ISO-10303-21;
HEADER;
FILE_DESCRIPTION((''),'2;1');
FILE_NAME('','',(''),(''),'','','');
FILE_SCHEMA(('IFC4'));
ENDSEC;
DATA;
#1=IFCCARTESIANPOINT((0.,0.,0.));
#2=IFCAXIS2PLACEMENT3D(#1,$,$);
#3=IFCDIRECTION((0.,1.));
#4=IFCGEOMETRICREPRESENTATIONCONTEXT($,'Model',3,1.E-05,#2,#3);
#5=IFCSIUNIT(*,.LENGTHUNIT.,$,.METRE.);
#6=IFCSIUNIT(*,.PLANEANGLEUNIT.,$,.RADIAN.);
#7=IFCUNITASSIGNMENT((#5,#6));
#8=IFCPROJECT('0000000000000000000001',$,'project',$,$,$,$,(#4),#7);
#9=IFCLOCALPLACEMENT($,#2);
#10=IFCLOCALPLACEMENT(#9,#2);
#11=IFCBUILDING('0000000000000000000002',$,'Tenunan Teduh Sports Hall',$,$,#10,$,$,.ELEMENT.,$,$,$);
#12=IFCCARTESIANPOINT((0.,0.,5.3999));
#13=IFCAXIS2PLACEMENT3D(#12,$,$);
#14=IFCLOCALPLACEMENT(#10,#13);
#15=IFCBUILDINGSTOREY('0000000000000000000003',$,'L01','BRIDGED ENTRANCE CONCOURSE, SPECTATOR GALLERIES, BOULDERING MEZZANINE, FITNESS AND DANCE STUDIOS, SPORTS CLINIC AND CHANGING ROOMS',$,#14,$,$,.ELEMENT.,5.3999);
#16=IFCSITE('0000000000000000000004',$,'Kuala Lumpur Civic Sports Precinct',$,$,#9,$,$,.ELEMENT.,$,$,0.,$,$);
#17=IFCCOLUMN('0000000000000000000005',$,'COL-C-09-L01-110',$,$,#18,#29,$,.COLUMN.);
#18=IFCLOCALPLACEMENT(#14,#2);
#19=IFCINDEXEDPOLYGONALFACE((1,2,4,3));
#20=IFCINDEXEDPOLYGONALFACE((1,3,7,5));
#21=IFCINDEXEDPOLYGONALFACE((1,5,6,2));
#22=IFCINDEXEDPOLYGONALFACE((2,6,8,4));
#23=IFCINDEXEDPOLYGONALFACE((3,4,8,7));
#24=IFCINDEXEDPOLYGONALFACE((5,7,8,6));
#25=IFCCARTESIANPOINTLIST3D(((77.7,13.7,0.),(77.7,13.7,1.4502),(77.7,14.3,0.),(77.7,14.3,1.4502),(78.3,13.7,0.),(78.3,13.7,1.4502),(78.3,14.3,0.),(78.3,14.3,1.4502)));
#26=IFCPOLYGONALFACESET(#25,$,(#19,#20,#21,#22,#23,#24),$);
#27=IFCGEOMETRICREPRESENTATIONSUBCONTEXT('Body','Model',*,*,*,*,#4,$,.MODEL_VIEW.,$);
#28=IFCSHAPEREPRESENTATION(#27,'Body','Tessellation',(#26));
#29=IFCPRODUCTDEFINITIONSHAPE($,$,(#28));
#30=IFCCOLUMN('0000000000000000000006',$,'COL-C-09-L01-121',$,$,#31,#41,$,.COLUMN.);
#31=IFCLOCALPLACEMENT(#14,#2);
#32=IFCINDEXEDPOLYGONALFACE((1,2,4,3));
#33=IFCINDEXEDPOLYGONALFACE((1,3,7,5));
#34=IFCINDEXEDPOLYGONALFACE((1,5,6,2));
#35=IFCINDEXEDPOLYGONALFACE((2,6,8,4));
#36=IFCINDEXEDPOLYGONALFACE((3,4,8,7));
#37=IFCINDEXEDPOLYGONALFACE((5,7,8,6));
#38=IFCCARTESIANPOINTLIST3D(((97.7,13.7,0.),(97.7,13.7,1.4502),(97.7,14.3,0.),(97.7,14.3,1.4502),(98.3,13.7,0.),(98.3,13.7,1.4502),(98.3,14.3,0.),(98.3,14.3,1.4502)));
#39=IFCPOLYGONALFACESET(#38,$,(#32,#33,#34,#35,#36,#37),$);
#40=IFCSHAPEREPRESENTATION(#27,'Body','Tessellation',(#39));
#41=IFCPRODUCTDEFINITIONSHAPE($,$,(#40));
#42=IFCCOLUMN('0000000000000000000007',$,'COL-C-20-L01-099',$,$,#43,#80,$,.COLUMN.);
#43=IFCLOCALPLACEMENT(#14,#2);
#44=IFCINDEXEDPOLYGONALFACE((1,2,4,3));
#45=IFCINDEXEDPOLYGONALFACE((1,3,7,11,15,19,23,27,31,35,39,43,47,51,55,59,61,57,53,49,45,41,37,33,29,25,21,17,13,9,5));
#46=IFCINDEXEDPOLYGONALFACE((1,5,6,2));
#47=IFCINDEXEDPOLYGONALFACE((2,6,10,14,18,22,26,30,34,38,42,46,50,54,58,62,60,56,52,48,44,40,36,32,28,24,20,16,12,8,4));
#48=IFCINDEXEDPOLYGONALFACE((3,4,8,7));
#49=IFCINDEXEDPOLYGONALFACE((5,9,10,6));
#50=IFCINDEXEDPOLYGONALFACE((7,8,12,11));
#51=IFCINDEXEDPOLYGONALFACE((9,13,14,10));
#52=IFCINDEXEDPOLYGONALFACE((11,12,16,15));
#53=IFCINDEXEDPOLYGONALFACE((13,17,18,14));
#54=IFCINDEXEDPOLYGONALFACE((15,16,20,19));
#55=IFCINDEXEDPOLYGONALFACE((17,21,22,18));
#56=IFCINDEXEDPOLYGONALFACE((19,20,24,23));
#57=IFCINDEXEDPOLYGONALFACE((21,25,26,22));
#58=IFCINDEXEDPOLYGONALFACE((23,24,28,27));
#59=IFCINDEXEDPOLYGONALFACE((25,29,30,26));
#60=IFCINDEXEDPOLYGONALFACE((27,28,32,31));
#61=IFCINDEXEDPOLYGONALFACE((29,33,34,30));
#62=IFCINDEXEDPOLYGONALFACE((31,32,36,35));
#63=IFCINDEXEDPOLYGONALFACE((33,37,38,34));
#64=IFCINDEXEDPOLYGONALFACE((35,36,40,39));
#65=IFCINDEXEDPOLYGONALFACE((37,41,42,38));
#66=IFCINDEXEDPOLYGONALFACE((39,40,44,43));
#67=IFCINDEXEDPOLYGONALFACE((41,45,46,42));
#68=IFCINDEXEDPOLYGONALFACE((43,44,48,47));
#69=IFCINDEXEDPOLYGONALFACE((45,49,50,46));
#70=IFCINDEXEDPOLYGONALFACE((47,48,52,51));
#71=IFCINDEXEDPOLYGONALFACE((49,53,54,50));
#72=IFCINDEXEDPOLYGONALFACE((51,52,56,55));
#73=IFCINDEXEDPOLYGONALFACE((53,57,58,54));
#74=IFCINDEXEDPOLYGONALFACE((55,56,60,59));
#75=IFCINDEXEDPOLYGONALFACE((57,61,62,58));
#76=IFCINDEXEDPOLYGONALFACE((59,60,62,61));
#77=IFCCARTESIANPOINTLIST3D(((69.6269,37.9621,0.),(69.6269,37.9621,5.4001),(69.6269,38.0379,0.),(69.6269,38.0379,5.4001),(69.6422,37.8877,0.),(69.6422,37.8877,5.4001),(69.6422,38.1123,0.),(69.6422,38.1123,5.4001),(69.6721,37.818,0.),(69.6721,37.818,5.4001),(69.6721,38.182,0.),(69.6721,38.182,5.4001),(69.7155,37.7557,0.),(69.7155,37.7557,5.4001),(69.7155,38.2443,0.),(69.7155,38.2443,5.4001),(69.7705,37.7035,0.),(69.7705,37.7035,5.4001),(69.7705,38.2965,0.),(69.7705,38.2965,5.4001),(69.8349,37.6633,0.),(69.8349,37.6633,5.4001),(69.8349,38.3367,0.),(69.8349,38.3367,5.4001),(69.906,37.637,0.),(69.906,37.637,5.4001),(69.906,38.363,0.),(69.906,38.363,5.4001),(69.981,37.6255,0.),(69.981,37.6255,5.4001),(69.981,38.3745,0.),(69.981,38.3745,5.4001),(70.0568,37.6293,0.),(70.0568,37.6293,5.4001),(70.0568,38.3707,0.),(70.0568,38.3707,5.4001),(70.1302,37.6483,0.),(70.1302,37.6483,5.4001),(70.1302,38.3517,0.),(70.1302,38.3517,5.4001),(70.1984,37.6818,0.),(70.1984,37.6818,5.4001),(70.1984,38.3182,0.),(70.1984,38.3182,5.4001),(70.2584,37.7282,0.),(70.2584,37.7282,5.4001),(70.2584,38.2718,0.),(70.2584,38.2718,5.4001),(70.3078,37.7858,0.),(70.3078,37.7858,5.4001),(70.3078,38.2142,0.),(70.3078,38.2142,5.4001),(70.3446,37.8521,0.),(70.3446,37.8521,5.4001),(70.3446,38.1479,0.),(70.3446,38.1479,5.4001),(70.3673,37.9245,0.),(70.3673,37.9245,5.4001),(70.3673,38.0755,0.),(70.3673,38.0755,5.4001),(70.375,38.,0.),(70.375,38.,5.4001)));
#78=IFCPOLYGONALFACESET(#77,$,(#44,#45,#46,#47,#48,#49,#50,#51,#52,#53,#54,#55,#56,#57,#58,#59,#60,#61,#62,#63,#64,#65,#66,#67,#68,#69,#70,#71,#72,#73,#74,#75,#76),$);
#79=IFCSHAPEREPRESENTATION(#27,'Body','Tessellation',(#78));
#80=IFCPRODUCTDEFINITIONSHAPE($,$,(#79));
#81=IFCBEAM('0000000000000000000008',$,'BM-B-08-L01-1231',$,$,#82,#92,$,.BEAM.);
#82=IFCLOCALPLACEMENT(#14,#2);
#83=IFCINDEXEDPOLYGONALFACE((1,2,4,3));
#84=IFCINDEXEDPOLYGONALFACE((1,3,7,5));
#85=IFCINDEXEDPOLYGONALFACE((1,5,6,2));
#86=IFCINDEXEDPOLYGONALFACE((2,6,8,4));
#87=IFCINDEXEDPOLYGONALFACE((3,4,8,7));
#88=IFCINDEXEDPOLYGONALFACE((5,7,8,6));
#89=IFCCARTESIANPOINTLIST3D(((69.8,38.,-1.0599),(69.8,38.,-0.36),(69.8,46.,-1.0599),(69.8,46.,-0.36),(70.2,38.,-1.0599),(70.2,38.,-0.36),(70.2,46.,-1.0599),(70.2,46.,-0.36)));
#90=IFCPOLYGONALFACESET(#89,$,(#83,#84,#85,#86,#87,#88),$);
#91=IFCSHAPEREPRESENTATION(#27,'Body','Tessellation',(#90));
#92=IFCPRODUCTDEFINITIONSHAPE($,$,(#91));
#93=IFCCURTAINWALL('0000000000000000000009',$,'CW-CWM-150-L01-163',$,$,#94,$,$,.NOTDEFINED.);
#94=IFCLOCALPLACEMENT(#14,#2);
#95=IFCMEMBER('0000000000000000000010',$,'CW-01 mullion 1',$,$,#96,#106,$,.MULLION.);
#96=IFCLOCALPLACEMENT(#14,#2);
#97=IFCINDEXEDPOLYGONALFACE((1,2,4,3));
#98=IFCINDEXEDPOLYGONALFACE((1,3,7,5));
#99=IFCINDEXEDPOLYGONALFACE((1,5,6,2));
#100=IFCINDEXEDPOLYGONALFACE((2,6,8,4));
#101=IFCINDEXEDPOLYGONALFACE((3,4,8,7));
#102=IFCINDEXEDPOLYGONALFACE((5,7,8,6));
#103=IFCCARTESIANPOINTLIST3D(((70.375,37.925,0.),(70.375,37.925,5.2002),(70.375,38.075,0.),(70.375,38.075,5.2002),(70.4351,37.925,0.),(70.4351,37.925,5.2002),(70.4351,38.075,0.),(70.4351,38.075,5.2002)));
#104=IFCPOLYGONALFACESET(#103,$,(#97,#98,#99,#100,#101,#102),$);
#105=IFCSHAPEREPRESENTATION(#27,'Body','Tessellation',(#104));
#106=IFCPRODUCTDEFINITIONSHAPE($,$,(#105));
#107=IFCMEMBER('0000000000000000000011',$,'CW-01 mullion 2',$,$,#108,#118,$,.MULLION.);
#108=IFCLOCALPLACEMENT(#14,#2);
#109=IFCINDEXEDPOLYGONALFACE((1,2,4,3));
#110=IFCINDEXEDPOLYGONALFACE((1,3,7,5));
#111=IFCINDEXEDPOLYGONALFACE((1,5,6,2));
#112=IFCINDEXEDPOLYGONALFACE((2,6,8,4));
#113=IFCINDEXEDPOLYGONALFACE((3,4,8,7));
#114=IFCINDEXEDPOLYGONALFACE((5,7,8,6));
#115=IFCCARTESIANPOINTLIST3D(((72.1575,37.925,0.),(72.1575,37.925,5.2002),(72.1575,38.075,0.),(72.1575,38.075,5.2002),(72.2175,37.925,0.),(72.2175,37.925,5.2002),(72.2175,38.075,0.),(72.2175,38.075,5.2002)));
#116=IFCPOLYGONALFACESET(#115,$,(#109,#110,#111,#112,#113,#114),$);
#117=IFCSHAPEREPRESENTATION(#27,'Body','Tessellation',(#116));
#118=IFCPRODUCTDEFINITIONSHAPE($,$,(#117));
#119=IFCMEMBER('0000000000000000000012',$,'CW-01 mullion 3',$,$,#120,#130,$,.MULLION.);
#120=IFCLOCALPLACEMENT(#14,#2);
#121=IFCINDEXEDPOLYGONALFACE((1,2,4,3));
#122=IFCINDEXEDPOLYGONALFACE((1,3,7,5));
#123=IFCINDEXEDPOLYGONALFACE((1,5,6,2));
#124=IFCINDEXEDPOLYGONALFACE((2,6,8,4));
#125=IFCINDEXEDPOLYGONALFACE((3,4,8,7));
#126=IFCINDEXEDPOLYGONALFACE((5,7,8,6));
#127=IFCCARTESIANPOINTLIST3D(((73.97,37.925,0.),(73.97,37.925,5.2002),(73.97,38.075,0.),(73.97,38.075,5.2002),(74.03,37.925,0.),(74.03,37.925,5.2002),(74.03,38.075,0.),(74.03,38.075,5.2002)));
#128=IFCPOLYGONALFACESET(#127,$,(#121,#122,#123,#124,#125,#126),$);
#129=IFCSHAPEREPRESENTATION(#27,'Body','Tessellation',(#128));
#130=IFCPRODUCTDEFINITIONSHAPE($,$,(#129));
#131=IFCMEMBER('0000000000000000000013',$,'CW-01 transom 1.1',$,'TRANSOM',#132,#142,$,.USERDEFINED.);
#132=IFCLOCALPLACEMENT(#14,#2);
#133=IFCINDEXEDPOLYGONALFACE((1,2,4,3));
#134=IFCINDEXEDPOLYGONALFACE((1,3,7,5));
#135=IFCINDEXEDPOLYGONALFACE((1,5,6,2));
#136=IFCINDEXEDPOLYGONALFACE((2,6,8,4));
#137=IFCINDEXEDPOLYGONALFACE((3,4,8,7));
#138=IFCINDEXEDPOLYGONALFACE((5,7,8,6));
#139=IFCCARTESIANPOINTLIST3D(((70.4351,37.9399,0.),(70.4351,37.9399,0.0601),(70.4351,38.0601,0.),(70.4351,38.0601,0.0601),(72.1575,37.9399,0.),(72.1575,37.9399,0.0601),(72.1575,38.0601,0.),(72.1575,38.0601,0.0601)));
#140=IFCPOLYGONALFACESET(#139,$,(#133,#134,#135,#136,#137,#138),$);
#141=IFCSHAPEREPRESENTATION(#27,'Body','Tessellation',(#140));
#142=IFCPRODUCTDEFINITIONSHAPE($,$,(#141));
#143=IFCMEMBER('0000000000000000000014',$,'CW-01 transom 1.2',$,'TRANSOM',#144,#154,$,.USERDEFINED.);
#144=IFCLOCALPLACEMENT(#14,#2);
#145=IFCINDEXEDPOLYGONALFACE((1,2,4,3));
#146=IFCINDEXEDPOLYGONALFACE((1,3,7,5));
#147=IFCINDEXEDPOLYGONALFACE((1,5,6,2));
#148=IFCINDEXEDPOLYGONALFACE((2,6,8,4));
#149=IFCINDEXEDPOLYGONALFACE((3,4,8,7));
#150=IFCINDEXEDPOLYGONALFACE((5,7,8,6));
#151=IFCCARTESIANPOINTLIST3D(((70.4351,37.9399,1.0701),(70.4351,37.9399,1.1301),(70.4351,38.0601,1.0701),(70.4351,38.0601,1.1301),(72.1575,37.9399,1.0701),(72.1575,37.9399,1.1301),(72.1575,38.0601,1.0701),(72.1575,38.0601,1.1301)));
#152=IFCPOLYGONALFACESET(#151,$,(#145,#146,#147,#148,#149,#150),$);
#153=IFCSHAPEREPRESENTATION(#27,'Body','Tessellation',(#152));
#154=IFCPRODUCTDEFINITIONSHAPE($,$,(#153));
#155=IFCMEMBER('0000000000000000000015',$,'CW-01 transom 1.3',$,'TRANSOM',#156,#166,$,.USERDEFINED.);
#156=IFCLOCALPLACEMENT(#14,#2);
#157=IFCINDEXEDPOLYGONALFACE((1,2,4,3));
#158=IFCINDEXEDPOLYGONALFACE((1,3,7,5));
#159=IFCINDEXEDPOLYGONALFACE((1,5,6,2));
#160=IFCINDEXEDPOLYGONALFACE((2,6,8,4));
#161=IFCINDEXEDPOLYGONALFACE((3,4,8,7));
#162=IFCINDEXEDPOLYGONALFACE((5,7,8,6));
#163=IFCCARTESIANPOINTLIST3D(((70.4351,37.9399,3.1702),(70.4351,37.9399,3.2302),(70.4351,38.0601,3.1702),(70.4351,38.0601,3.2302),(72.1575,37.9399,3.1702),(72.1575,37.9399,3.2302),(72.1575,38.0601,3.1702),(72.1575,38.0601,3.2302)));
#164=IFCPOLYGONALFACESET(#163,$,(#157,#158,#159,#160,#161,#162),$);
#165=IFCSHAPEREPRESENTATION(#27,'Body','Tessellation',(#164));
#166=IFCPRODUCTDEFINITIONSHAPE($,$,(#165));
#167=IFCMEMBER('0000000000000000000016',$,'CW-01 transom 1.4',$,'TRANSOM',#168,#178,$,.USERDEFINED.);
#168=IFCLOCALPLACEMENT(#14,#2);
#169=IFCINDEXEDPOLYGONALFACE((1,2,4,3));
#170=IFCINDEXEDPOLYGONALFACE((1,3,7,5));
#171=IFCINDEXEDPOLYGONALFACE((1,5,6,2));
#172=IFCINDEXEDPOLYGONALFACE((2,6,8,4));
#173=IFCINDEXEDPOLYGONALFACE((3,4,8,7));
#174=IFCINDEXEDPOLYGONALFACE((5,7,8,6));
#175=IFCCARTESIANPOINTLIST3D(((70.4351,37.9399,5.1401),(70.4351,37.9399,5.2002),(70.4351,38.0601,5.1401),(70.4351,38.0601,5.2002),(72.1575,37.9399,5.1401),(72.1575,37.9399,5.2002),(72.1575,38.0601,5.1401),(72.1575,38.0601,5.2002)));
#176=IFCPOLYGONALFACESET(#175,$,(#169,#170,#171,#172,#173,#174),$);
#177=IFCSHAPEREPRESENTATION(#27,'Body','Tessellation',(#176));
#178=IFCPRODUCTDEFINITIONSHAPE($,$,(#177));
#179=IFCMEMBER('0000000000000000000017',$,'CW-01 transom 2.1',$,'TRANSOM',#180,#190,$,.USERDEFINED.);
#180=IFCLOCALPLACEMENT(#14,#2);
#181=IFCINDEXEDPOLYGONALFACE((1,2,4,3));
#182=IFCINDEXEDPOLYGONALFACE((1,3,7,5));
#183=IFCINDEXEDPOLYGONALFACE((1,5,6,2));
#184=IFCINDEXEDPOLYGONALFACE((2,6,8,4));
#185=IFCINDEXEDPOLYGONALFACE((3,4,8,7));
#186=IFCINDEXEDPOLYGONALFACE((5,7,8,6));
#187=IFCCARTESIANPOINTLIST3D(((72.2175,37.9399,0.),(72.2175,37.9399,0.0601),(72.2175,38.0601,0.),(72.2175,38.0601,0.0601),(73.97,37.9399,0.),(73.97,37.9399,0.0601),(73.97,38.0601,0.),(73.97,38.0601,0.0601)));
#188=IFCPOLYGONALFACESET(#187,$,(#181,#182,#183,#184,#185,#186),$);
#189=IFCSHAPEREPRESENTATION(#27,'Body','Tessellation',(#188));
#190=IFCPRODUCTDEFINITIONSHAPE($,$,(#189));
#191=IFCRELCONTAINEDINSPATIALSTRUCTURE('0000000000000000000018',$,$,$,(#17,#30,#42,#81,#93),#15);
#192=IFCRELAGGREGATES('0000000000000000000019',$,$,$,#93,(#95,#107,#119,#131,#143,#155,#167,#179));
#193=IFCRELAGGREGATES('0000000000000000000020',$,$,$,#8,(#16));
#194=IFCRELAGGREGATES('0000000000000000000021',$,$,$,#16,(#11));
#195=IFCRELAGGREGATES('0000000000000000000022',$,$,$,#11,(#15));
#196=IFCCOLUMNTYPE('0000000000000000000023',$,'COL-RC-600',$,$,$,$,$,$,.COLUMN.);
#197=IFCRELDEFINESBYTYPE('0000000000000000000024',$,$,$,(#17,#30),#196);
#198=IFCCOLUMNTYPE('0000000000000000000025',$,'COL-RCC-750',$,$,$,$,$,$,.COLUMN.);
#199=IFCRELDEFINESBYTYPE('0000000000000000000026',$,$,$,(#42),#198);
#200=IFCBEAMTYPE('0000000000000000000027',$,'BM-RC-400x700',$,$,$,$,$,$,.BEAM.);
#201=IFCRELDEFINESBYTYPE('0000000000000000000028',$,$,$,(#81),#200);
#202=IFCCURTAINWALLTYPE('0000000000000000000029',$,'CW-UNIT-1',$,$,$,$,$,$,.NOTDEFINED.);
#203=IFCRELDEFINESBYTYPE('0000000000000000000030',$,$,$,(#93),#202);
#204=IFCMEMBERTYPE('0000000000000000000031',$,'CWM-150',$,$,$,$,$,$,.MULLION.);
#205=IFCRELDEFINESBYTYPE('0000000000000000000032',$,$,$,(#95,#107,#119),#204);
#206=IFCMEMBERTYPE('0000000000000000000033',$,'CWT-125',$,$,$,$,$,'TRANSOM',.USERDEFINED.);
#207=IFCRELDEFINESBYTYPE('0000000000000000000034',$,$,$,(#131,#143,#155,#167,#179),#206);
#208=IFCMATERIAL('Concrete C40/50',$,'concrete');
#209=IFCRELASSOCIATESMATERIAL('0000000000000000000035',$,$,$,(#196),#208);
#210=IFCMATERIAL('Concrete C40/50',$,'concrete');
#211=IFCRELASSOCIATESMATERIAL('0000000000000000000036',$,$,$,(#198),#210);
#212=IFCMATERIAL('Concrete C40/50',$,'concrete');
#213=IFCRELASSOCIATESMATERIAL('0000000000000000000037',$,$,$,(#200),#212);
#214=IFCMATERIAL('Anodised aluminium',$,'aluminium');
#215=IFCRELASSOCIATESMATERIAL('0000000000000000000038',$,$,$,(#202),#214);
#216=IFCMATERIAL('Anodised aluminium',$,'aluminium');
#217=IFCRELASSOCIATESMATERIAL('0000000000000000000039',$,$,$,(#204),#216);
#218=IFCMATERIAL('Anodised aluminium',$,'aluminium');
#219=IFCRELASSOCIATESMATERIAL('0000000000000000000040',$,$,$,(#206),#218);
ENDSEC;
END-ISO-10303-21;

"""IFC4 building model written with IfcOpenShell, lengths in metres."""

from ifc_helpers import new_model, si_unit, direction, frame, origin, origin_2d, place, context, subcontext, project, spatial, rectangle, circle, extrude, material, material_profile, profile_set, type_object, element, aggregate, save


model = new_model("IFC4")

# Units and contexts
model_context = context("Model", 3, precision=1e-05, world=origin(), true_north=direction((0.0, 1.0)))
body_context = subcontext(model_context, "Body", "Model", "MODEL_VIEW")
ifc_project = project(units=[si_unit("LENGTHUNIT", "METRE"), si_unit("PLANEANGLEUNIT", "RADIAN")], contexts=[model_context])

# Site, building, storey
site_placement = place(None, origin())
site = spatial("IfcSite", under=ifc_project, at=site_placement, Name="Kuala Lumpur Civic Sports Precinct", CompositionType="ELEMENT", RefElevation=0.0)
building_placement = place(site_placement, origin())
building = spatial("IfcBuilding", under=site, at=building_placement, Name="Tenunan Teduh Sports Hall", CompositionType="ELEMENT")
storey_placement = place(building_placement, frame((0.0, 0.0, 5.3999)))
storey = spatial("IfcBuildingStorey", under=building, at=storey_placement, Name="L01", Description="BRIDGED ENTRANCE CONCOURSE, SPECTATOR GALLERIES, BOULDERING MEZZANINE, FITNESS AND DANCE STUDIOS, SPORTS CLINIC AND CHANGING ROOMS", CompositionType="ELEMENT", Elevation=5.3999)

# Columns
ifc_material_1 = material(Name="Concrete C40/50", Category="concrete")
ifc_material_profile_1 = material_profile(ifc_material_1, rectangle(XDim=0.6001, YDim=0.6001, at=origin_2d()), Name="RC 600x600")
ifc_profile_set_1 = profile_set([ifc_material_profile_1], Name="Concrete C40/50")
column_type_1 = type_object("IfcColumnType", Name="COL-RC-600", PredefinedType="COLUMN", material=ifc_profile_set_1)
for number, where, z_axis, x_axis, name in (
    (1, (78.0, 14.0, 0.0), (0.0, 0.0, 1.0), (1.0, 0.0, 0.0), "COL-C-09-L01-110"),
    (2, (98.0, 14.0, 0.0), (0.0, 0.0, 1.0), (1.0, 0.0, 0.0), "COL-C-09-L01-121"),
):
    element("IfcColumn", number, at=place(storey_placement, frame(where, z_axis=z_axis, x_axis=x_axis)), inside=storey, type_object=column_type_1, Name=name, PredefinedType="COLUMN", context=body_context, shape_type="SweptSolid", body=[
        extrude(rectangle(XDim=0.6001, YDim=0.6001, at=origin_2d()), origin(), (0.0, 0.0, 1.0), 1.4502),
    ])
ifc_material_2 = material(Name="Concrete C40/50", Category="concrete")
ifc_material_profile_2 = material_profile(ifc_material_2, circle(Radius=0.375, at=origin_2d()), Name="RCC D750")
ifc_profile_set_2 = profile_set([ifc_material_profile_2], Name="Concrete C40/50")
column_type_2 = type_object("IfcColumnType", Name="COL-RCC-750", PredefinedType="COLUMN", material=ifc_profile_set_2)
column_placement = place(storey_placement, frame((70.0, 38.0, 0.0), z_axis=(0.0, 0.0, 1.0), x_axis=(1.0, 0.0, 0.0)))
element("IfcColumn", 3, at=column_placement, inside=storey, type_object=column_type_2, Name="COL-C-20-L01-099", PredefinedType="COLUMN", context=body_context, shape_type="SweptSolid", body=[
    extrude(circle(Radius=0.375, at=origin_2d()), origin(), (0.0, 0.0, 1.0), 5.4001),
])

# Beam
ifc_material_3 = material(Name="Concrete C40/50", Category="concrete")
ifc_material_profile_3 = material_profile(ifc_material_3, rectangle(XDim=0.3999, YDim=0.7, at=origin_2d()), Name="RCB 400x700")
ifc_profile_set_3 = profile_set([ifc_material_profile_3], Name="Concrete C40/50")
beam_type_1 = type_object("IfcBeamType", Name="BM-RC-400x700", PredefinedType="BEAM", material=ifc_profile_set_3)
beam_1_placement = place(storey_placement, frame((70.0, 38.0, -0.71), z_axis=(0.0, 1.0, 0.0), x_axis=(-1.0, 0.0, 0.0)))
element("IfcBeam", 4, at=beam_1_placement, inside=storey, type_object=beam_type_1, Name="BM-B-08-L01-1231", PredefinedType="BEAM", context=body_context, shape_type="SweptSolid", body=[
    extrude(rectangle(XDim=0.3999, YDim=0.7, at=origin_2d()), origin(), (0.0, 0.0, 1.0), 8.0),
])

# Curtain wall, members
ifc_material_4 = material(Name="Anodised aluminium", Category="aluminium")
curtain_wall_type = type_object("IfcCurtainWallType", Name="CW-UNIT-1", PredefinedType="NOTDEFINED", material=ifc_material_4)
curtain_wall_placement = place(storey_placement, origin())
curtain_wall = element("IfcCurtainWall", 5, at=curtain_wall_placement, inside=storey, type_object=curtain_wall_type, Name="CW-CWM-150-L01-163", PredefinedType="NOTDEFINED")
ifc_material_5 = material(Name="Anodised aluminium", Category="aluminium")
ifc_material_profile_4 = material_profile(ifc_material_5, rectangle(XDim=0.0601, YDim=0.1499, at=origin_2d()), Name="CWM 60x150")
ifc_profile_set_4 = profile_set([ifc_material_profile_4], Name="Anodised aluminium")
member_type_1 = type_object("IfcMemberType", Name="CWM-150", PredefinedType="MULLION", material=ifc_profile_set_4)
member_1_placement = place(storey_placement, frame((70.405, 38.0, 0.0), z_axis=(0.0, 0.0, 1.0), x_axis=(1.0, 0.0, 0.0)))
member_1 = element("IfcMember", 6, at=member_1_placement, type_object=member_type_1, Name="CW-01 mullion 1", PredefinedType="MULLION", context=body_context, shape_type="SweptSolid", body=[
    extrude(rectangle(XDim=0.0601, YDim=0.1499, at=origin_2d()), origin(), (0.0, 0.0, 1.0), 5.2002),
])
member_2_placement = place(storey_placement, frame((72.1875, 38.0, 0.0), z_axis=(0.0, 0.0, 1.0), x_axis=(1.0, 0.0, 0.0)))
member_2 = element("IfcMember", 7, at=member_2_placement, type_object=member_type_1, Name="CW-01 mullion 2", PredefinedType="MULLION", context=body_context, shape_type="SweptSolid", body=[
    extrude(rectangle(XDim=0.0601, YDim=0.1499, at=origin_2d()), origin(), (0.0, 0.0, 1.0), 5.2002),
])
member_3_placement = place(storey_placement, frame((74.0, 38.0, 0.0), z_axis=(0.0, 0.0, 1.0), x_axis=(1.0, 0.0, 0.0)))
member_3 = element("IfcMember", 8, at=member_3_placement, type_object=member_type_1, Name="CW-01 mullion 3", PredefinedType="MULLION", context=body_context, shape_type="SweptSolid", body=[
    extrude(rectangle(XDim=0.0601, YDim=0.1499, at=origin_2d()), origin(), (0.0, 0.0, 1.0), 5.2002),
])
ifc_material_6 = material(Name="Anodised aluminium", Category="aluminium")
ifc_material_profile_5 = material_profile(ifc_material_6, rectangle(XDim=0.0601, YDim=0.1201, at=origin_2d()), Name="CWT 60x120")
ifc_profile_set_5 = profile_set([ifc_material_profile_5], Name="Anodised aluminium")
member_type_2 = type_object("IfcMemberType", Name="CWT-125", ElementType="TRANSOM", PredefinedType="USERDEFINED", material=ifc_profile_set_5)
member_4_placement = place(storey_placement, frame((70.4351, 38.0, 0.03), z_axis=(1.0, 0.0, 0.0), x_axis=(0.0, 0.0, 1.0)))
member_4 = element("IfcMember", 9, at=member_4_placement, type_object=member_type_2, Name="CW-01 transom 1.1", ObjectType="TRANSOM", PredefinedType="USERDEFINED", context=body_context, shape_type="SweptSolid", body=[
    extrude(rectangle(XDim=0.0601, YDim=0.1201, at=origin_2d()), origin(), (0.0, 0.0, 1.0), 1.7224),
])
member_5_placement = place(storey_placement, frame((70.4351, 38.0, 1.1001), z_axis=(1.0, 0.0, 0.0), x_axis=(0.0, 0.0, 1.0)))
member_5 = element("IfcMember", 10, at=member_5_placement, type_object=member_type_2, Name="CW-01 transom 1.2", ObjectType="TRANSOM", PredefinedType="USERDEFINED", context=body_context, shape_type="SweptSolid", body=[
    extrude(rectangle(XDim=0.0601, YDim=0.1201, at=origin_2d()), origin(), (0.0, 0.0, 1.0), 1.7224),
])
member_6_placement = place(storey_placement, frame((70.4351, 38.0, 3.2002), z_axis=(1.0, 0.0, 0.0), x_axis=(0.0, 0.0, 1.0)))
member_6 = element("IfcMember", 11, at=member_6_placement, type_object=member_type_2, Name="CW-01 transom 1.3", ObjectType="TRANSOM", PredefinedType="USERDEFINED", context=body_context, shape_type="SweptSolid", body=[
    extrude(rectangle(XDim=0.0601, YDim=0.1201, at=origin_2d()), origin(), (0.0, 0.0, 1.0), 1.7224),
])
member_7_placement = place(storey_placement, frame((70.4351, 38.0, 5.1702), z_axis=(1.0, 0.0, 0.0), x_axis=(0.0, 0.0, 1.0)))
member_7 = element("IfcMember", 12, at=member_7_placement, type_object=member_type_2, Name="CW-01 transom 1.4", ObjectType="TRANSOM", PredefinedType="USERDEFINED", context=body_context, shape_type="SweptSolid", body=[
    extrude(rectangle(XDim=0.0601, YDim=0.1201, at=origin_2d()), origin(), (0.0, 0.0, 1.0), 1.7224),
])
member_8_placement = place(storey_placement, frame((72.2175, 38.0, 0.03), z_axis=(1.0, 0.0, 0.0), x_axis=(0.0, 0.0, 1.0)))
member_8 = element("IfcMember", 13, at=member_8_placement, type_object=member_type_2, Name="CW-01 transom 2.1", ObjectType="TRANSOM", PredefinedType="USERDEFINED", context=body_context, shape_type="SweptSolid", body=[
    extrude(rectangle(XDim=0.0601, YDim=0.1201, at=origin_2d()), origin(), (0.0, 0.0, 1.0), 1.7524),
])

aggregate(curtain_wall, [member_1, member_2, member_3, member_4, member_5, member_6, member_7, member_8])

save(model, "model.ifc")
